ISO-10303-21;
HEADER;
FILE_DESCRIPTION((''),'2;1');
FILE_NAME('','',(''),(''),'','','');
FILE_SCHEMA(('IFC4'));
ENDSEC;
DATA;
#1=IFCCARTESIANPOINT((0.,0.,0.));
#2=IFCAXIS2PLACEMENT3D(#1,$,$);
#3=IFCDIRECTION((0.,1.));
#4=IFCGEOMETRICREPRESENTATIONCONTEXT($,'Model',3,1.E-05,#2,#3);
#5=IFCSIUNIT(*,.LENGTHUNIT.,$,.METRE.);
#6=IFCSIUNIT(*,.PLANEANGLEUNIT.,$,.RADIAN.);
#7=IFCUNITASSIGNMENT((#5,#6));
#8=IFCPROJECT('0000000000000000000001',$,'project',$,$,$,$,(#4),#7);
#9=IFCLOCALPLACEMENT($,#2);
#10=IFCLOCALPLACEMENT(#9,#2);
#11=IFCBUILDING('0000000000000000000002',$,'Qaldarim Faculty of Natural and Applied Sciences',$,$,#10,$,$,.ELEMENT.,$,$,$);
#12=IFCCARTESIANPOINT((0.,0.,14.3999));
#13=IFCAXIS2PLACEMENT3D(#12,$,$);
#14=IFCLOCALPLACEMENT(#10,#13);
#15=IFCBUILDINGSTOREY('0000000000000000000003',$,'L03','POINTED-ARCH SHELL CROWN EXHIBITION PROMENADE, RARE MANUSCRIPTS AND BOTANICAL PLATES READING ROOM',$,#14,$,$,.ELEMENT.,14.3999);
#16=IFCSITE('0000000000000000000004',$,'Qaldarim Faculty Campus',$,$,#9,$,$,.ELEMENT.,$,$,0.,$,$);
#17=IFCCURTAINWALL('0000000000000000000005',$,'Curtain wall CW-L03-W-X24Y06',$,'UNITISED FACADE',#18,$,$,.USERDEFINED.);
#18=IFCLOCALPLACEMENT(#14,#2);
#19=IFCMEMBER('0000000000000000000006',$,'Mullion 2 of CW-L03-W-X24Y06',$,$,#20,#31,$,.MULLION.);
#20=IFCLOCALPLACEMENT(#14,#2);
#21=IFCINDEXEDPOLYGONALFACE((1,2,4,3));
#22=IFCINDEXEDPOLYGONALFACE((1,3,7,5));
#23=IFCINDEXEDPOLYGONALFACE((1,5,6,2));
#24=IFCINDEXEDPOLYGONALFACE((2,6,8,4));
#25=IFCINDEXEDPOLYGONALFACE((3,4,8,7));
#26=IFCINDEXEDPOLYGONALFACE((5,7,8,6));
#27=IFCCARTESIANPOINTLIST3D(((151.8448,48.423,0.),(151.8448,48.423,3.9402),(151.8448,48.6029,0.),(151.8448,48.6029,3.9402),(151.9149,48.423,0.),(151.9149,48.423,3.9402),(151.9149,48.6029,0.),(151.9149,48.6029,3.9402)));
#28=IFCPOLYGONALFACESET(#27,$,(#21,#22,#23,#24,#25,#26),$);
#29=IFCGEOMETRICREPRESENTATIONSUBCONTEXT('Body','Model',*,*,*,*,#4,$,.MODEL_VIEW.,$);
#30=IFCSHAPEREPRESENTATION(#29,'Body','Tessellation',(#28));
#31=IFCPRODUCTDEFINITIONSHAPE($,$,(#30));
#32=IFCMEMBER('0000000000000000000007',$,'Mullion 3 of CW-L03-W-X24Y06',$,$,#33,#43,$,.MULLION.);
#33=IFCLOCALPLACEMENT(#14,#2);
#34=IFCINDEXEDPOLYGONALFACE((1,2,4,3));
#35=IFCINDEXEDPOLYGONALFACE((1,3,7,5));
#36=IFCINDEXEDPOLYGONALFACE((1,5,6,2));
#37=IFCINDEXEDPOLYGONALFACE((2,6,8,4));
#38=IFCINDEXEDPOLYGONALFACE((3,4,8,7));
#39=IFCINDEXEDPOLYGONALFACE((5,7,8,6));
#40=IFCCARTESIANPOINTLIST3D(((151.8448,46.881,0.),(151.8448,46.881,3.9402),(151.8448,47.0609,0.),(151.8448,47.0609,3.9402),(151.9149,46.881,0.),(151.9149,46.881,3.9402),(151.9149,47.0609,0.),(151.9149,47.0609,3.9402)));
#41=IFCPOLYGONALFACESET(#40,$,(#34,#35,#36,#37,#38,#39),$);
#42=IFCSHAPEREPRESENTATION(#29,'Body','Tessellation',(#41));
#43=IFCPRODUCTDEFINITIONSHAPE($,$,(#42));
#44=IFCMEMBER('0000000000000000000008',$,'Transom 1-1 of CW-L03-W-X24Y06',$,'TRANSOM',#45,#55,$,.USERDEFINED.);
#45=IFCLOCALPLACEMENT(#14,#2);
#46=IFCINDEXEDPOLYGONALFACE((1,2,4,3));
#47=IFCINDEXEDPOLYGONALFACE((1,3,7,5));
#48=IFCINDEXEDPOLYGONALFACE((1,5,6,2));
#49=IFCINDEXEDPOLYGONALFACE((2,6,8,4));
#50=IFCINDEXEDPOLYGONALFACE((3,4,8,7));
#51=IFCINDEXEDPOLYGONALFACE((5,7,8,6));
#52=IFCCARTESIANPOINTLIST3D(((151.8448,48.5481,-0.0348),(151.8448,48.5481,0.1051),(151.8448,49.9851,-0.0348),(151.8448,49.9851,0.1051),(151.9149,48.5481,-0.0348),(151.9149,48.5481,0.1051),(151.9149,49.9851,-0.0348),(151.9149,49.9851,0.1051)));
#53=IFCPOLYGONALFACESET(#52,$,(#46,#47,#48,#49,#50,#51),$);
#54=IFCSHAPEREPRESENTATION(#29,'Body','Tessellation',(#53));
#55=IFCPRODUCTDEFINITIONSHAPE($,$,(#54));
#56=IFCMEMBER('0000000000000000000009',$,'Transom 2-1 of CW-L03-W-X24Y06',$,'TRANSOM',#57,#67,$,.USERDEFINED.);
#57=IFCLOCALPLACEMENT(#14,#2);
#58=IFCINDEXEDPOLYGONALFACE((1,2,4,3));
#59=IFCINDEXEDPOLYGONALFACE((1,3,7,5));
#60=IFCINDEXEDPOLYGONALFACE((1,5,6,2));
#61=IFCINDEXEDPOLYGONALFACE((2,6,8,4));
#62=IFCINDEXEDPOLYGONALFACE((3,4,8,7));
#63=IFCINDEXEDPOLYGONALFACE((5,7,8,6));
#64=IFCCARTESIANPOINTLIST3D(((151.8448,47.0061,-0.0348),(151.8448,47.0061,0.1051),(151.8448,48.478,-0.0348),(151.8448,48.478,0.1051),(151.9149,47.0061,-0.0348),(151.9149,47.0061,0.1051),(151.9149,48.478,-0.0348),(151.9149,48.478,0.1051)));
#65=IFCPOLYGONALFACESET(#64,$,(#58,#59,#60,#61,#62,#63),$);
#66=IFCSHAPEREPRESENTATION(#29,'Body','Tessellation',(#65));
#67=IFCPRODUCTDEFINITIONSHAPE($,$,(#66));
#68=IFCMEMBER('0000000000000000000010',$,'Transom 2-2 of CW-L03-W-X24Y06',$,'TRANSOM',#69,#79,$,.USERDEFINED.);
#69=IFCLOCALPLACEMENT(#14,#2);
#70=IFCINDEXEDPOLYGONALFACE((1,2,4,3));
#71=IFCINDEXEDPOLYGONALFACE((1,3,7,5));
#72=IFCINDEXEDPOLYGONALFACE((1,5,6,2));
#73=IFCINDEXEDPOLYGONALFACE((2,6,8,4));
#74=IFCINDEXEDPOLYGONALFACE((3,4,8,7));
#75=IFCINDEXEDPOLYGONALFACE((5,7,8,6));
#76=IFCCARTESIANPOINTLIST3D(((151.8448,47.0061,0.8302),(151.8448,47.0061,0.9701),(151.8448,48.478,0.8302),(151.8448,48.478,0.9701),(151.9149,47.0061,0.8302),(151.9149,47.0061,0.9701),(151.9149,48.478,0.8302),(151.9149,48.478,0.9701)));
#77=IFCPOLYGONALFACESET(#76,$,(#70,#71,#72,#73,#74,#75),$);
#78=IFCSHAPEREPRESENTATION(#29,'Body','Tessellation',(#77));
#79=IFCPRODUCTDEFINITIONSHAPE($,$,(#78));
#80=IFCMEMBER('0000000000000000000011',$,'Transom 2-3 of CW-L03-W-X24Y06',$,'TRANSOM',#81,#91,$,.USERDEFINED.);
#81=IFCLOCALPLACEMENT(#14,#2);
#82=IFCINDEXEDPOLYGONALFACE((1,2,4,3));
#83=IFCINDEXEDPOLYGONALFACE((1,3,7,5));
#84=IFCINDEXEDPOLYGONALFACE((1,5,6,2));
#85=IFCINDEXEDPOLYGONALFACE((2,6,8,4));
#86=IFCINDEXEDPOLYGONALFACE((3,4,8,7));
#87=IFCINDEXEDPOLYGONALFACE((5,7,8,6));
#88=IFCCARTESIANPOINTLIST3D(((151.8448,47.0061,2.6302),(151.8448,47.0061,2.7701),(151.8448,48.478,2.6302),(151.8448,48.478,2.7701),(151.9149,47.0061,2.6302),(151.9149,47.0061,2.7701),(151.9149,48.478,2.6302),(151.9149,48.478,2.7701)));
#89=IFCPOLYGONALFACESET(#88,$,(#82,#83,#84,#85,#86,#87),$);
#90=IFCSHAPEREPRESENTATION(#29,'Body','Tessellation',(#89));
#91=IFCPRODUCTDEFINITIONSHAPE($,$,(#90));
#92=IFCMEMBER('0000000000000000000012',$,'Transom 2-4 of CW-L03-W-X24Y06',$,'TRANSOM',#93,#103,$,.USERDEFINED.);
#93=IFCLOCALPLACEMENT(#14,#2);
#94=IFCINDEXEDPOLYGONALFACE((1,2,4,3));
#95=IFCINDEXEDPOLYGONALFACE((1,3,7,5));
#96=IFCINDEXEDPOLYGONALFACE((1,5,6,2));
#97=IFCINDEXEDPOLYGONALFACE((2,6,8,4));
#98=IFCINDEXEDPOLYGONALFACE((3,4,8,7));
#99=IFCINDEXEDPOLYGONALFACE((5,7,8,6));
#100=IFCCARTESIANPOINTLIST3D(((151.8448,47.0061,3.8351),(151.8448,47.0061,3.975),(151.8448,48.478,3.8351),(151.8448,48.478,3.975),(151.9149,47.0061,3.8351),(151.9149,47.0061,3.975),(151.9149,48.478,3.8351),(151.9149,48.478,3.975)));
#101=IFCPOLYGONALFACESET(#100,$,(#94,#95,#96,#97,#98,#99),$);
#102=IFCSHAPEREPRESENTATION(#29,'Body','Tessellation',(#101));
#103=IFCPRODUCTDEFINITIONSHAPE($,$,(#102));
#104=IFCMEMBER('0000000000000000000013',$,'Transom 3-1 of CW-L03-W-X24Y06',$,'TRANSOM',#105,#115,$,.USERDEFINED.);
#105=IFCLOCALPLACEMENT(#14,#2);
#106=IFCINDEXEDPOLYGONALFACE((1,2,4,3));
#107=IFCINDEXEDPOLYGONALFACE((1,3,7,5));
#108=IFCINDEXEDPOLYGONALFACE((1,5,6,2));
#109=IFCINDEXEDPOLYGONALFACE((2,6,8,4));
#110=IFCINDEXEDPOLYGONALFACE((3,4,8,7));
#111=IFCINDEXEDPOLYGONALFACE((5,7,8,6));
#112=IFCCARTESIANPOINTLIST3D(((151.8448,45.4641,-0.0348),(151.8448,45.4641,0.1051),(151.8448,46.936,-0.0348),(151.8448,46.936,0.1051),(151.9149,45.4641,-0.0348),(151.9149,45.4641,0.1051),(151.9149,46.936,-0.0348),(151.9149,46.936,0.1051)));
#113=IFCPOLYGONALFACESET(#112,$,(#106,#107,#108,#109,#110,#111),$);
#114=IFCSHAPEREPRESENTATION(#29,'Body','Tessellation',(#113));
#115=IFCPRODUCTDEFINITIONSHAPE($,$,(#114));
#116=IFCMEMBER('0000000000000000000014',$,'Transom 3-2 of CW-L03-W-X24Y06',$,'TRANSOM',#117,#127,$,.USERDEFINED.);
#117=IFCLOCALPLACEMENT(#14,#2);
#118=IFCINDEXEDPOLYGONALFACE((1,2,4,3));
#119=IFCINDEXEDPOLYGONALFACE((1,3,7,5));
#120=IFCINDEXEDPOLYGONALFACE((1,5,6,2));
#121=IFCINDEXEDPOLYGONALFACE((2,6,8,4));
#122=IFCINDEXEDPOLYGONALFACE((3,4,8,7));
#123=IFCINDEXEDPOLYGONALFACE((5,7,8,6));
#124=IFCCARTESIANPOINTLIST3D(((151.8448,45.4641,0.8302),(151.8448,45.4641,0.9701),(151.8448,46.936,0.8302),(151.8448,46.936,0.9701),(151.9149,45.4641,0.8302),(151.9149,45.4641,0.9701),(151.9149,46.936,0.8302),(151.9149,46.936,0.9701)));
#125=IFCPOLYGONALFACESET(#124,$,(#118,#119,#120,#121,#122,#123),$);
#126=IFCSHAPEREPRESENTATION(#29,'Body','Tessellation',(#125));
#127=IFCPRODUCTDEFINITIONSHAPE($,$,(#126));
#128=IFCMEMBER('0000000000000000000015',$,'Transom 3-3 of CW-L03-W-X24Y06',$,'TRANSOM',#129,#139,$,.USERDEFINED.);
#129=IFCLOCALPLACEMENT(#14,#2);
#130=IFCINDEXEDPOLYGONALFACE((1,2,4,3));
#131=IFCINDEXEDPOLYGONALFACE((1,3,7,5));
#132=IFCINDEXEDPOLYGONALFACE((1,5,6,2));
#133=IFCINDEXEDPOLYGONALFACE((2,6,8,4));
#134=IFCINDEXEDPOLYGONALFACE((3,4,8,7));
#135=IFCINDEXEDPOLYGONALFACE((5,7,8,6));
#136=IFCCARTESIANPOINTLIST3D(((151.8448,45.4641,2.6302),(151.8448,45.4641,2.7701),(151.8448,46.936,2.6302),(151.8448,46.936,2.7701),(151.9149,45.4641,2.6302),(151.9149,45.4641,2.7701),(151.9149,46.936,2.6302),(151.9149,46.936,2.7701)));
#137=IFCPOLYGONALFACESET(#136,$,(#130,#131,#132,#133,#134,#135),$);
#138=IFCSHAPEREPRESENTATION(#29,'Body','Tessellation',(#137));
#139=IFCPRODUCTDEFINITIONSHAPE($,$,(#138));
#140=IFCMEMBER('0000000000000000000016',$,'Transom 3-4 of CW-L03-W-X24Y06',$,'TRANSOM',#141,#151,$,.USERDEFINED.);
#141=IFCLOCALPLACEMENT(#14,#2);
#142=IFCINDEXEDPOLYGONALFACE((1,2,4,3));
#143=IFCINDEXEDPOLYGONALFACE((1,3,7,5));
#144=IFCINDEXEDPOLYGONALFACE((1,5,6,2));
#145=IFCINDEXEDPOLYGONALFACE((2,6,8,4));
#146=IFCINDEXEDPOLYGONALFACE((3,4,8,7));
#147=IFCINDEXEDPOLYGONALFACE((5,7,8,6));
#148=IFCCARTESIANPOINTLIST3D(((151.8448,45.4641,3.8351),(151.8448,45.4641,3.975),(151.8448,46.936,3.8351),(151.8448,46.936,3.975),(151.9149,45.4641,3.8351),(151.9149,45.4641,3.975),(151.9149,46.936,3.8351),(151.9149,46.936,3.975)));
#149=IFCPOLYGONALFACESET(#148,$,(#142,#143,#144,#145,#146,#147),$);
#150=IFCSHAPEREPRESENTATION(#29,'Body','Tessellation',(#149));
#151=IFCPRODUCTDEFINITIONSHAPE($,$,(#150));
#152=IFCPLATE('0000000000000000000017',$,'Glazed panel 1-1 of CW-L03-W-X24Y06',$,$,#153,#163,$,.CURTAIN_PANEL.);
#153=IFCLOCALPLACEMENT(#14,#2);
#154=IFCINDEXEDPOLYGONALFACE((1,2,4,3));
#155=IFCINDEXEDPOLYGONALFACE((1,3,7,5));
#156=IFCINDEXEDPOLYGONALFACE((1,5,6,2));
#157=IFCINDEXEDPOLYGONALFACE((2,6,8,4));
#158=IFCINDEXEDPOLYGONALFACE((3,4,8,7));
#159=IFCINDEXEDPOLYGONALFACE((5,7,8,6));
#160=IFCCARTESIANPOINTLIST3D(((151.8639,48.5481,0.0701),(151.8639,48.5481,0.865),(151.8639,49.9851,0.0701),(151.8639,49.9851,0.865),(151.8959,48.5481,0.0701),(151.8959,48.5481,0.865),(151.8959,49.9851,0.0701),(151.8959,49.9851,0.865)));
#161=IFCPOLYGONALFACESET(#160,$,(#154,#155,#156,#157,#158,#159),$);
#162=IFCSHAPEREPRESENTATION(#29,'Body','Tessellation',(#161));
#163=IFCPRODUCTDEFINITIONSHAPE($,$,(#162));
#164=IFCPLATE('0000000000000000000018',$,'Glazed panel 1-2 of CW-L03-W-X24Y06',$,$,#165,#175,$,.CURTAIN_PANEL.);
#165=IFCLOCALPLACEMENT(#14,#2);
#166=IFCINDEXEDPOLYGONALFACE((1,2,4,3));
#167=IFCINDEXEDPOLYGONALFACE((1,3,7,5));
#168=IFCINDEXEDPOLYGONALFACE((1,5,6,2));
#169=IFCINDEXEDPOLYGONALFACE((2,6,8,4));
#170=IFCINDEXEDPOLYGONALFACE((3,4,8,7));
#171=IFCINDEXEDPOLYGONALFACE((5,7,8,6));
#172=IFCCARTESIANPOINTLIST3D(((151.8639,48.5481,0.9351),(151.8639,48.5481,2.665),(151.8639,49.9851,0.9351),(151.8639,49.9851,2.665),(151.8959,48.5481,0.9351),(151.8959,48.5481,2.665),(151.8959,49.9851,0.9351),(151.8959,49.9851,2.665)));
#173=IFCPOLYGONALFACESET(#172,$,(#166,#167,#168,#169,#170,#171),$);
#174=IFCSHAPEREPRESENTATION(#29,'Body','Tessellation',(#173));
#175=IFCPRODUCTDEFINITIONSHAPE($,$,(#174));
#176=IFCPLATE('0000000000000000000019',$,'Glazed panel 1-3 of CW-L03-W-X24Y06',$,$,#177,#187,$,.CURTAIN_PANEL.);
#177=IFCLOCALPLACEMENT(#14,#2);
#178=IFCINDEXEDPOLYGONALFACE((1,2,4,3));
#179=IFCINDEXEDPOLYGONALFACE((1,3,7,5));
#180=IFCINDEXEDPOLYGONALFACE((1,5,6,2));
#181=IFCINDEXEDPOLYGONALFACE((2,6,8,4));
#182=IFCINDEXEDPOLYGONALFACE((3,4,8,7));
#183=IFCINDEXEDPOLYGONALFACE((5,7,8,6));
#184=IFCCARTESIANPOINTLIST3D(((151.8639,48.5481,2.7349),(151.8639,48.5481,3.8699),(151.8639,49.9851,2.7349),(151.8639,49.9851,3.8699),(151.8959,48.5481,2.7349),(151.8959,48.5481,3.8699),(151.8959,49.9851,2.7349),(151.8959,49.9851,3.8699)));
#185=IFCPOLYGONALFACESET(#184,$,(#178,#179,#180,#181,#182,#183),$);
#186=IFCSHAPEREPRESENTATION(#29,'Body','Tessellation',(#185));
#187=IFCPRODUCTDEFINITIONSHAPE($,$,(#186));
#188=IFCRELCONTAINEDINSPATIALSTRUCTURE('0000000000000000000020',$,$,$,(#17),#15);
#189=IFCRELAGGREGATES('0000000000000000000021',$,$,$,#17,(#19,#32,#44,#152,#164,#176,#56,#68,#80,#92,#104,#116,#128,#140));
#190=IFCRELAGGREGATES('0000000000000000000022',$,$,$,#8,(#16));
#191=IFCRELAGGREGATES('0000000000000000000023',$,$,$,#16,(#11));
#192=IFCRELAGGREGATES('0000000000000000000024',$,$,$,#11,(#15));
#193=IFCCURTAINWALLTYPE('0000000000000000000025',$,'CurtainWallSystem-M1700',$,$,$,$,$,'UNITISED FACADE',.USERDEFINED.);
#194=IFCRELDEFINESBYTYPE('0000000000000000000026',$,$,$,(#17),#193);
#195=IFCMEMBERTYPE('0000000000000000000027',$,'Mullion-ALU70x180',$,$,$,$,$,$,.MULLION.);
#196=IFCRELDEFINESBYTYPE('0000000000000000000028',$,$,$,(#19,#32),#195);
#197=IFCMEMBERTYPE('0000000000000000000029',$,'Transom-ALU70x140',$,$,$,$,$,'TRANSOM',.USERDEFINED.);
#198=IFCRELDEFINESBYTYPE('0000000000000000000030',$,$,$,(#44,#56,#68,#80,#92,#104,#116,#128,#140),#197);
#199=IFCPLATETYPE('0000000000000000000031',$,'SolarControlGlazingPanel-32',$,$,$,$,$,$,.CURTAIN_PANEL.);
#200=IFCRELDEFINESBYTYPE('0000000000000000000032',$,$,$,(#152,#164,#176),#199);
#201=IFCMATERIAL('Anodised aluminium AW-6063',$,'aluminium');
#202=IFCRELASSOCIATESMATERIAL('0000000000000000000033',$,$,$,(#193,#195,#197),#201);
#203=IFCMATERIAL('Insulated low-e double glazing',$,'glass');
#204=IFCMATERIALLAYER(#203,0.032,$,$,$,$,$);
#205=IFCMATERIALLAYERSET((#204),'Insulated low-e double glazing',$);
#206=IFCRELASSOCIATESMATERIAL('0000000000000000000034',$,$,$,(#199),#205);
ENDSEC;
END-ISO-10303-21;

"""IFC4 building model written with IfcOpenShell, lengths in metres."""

from ifc_helpers import new_model, si_unit, direction, frame, origin, origin_2d, place, context, subcontext, project, spatial, rectangle, extrude, material, layer, layer_set, material_profile, profile_set, type_object, element, aggregate, save


model = new_model("IFC4")

# Units and contexts
model_context = context("Model", 3, precision=1e-05, world=origin(), true_north=direction((0.0, 1.0)))
body_context = subcontext(model_context, "Body", "Model", "MODEL_VIEW")
ifc_project = project(units=[si_unit("LENGTHUNIT", "METRE"), si_unit("PLANEANGLEUNIT", "RADIAN")], contexts=[model_context])

# Site, building, storey
site_placement = place(None, origin())
site = spatial("IfcSite", under=ifc_project, at=site_placement, Name="Qaldarim Faculty Campus", CompositionType="ELEMENT", RefElevation=0.0)
building_placement = place(site_placement, origin())
building = spatial("IfcBuilding", under=site, at=building_placement, Name="Qaldarim Faculty of Natural and Applied Sciences", CompositionType="ELEMENT")
storey_placement = place(building_placement, frame((0.0, 0.0, 14.3999)))
storey = spatial("IfcBuildingStorey", under=building, at=storey_placement, Name="L03", Description="POINTED-ARCH SHELL CROWN EXHIBITION PROMENADE, RARE MANUSCRIPTS AND BOTANICAL PLATES READING ROOM", CompositionType="ELEMENT", Elevation=14.3999)

# Curtain wall, members, plates
ifc_material_1 = material(Name="Anodised aluminium AW-6063", Category="aluminium")
curtain_wall_type = type_object("IfcCurtainWallType", Name="CurtainWallSystem-M1700", ElementType="UNITISED FACADE", PredefinedType="USERDEFINED", material=ifc_material_1)
curtain_wall_placement = place(storey_placement, origin())
curtain_wall = element("IfcCurtainWall", 1, at=curtain_wall_placement, inside=storey, type_object=curtain_wall_type, Name="Curtain wall CW-L03-W-X24Y06", ObjectType="UNITISED FACADE", PredefinedType="USERDEFINED")
ifc_material_profile_1 = material_profile(ifc_material_1, rectangle(XDim=0.0701, YDim=0.1799, at=origin_2d()), Name="ALU-M70x180")
ifc_profile_set_1 = profile_set([ifc_material_profile_1], Name="Anodised aluminium AW-6063")
member_type_1 = type_object("IfcMemberType", Name="Mullion-ALU70x180", PredefinedType="MULLION", material=ifc_profile_set_1)
member_1_placement = place(storey_placement, frame((151.8799, 48.5129, 0.0), z_axis=(0.0, 0.0, 1.0), x_axis=(1.0, 0.0, 0.0)))
member_1 = element("IfcMember", 2, at=member_1_placement, type_object=member_type_1, Name="Mullion 2 of CW-L03-W-X24Y06", PredefinedType="MULLION", context=body_context, shape_type="SweptSolid", body=[
    extrude(rectangle(XDim=0.0701, YDim=0.1799, at=origin_2d()), origin(), (0.0, 0.0, 1.0), 3.9402),
])
member_2_placement = place(storey_placement, frame((151.8799, 46.9709, 0.0), z_axis=(0.0, 0.0, 1.0), x_axis=(1.0, 0.0, 0.0)))
member_2 = element("IfcMember", 3, at=member_2_placement, type_object=member_type_1, Name="Mullion 3 of CW-L03-W-X24Y06", PredefinedType="MULLION", context=body_context, shape_type="SweptSolid", body=[
    extrude(rectangle(XDim=0.0701, YDim=0.1799, at=origin_2d()), origin(), (0.0, 0.0, 1.0), 3.9402),
])
ifc_material_profile_2 = material_profile(ifc_material_1, rectangle(XDim=0.0701, YDim=0.1399, at=origin_2d()), Name="ALU-T70x140")
ifc_profile_set_2 = profile_set([ifc_material_profile_2], Name="Anodised aluminium AW-6063")
member_type_2 = type_object("IfcMemberType", Name="Transom-ALU70x140", ElementType="TRANSOM", PredefinedType="USERDEFINED", material=ifc_profile_set_2)
member_3_placement = place(storey_placement, frame((151.8799, 49.9851, 0.0352), z_axis=(0.0, -1.0, 0.0), x_axis=(1.0, 0.0, 0.0)))
member_3 = element("IfcMember", 4, at=member_3_placement, type_object=member_type_2, Name="Transom 1-1 of CW-L03-W-X24Y06", ObjectType="TRANSOM", PredefinedType="USERDEFINED", context=body_context, shape_type="SweptSolid", body=[
    extrude(rectangle(XDim=0.0701, YDim=0.1399, at=origin_2d()), origin(), (0.0, 0.0, 1.0), 1.437),
])
member_4_placement = place(storey_placement, frame((151.8799, 48.478, 0.0352), z_axis=(0.0, -1.0, 0.0), x_axis=(1.0, 0.0, 0.0)))
member_4 = element("IfcMember", 5, at=member_4_placement, type_object=member_type_2, Name="Transom 2-1 of CW-L03-W-X24Y06", ObjectType="TRANSOM", PredefinedType="USERDEFINED", context=body_context, shape_type="SweptSolid", body=[
    extrude(rectangle(XDim=0.0701, YDim=0.1399, at=origin_2d()), origin(), (0.0, 0.0, 1.0), 1.4719),
])
member_5_placement = place(storey_placement, frame((151.8799, 48.478, 0.9001), z_axis=(0.0, -1.0, 0.0), x_axis=(1.0, 0.0, 0.0)))
member_5 = element("IfcMember", 6, at=member_5_placement, type_object=member_type_2, Name="Transom 2-2 of CW-L03-W-X24Y06", ObjectType="TRANSOM", PredefinedType="USERDEFINED", context=body_context, shape_type="SweptSolid", body=[
    extrude(rectangle(XDim=0.0701, YDim=0.1399, at=origin_2d()), origin(), (0.0, 0.0, 1.0), 1.4719),
])
member_6_placement = place(storey_placement, frame((151.8799, 48.478, 2.7002), z_axis=(0.0, -1.0, 0.0), x_axis=(1.0, 0.0, 0.0)))
member_6 = element("IfcMember", 7, at=member_6_placement, type_object=member_type_2, Name="Transom 2-3 of CW-L03-W-X24Y06", ObjectType="TRANSOM", PredefinedType="USERDEFINED", context=body_context, shape_type="SweptSolid", body=[
    extrude(rectangle(XDim=0.0701, YDim=0.1399, at=origin_2d()), origin(), (0.0, 0.0, 1.0), 1.4719),
])
member_7_placement = place(storey_placement, frame((151.8799, 48.478, 3.905), z_axis=(0.0, -1.0, 0.0), x_axis=(1.0, 0.0, 0.0)))
member_7 = element("IfcMember", 8, at=member_7_placement, type_object=member_type_2, Name="Transom 2-4 of CW-L03-W-X24Y06", ObjectType="TRANSOM", PredefinedType="USERDEFINED", context=body_context, shape_type="SweptSolid", body=[
    extrude(rectangle(XDim=0.0701, YDim=0.1399, at=origin_2d()), origin(), (0.0, 0.0, 1.0), 1.4719),
])
member_8_placement = place(storey_placement, frame((151.8799, 46.936, 0.0352), z_axis=(0.0, -1.0, 0.0), x_axis=(1.0, 0.0, 0.0)))
member_8 = element("IfcMember", 9, at=member_8_placement, type_object=member_type_2, Name="Transom 3-1 of CW-L03-W-X24Y06", ObjectType="TRANSOM", PredefinedType="USERDEFINED", context=body_context, shape_type="SweptSolid", body=[
    extrude(rectangle(XDim=0.0701, YDim=0.1399, at=origin_2d()), origin(), (0.0, 0.0, 1.0), 1.4719),
])
member_9_placement = place(storey_placement, frame((151.8799, 46.936, 0.9001), z_axis=(0.0, -1.0, 0.0), x_axis=(1.0, 0.0, 0.0)))
member_9 = element("IfcMember", 10, at=member_9_placement, type_object=member_type_2, Name="Transom 3-2 of CW-L03-W-X24Y06", ObjectType="TRANSOM", PredefinedType="USERDEFINED", context=body_context, shape_type="SweptSolid", body=[
    extrude(rectangle(XDim=0.0701, YDim=0.1399, at=origin_2d()), origin(), (0.0, 0.0, 1.0), 1.4719),
])
member_10_placement = place(storey_placement, frame((151.8799, 46.936, 2.7002), z_axis=(0.0, -1.0, 0.0), x_axis=(1.0, 0.0, 0.0)))
member_10 = element("IfcMember", 11, at=member_10_placement, type_object=member_type_2, Name="Transom 3-3 of CW-L03-W-X24Y06", ObjectType="TRANSOM", PredefinedType="USERDEFINED", context=body_context, shape_type="SweptSolid", body=[
    extrude(rectangle(XDim=0.0701, YDim=0.1399, at=origin_2d()), origin(), (0.0, 0.0, 1.0), 1.4719),
])
member_11_placement = place(storey_placement, frame((151.8799, 46.936, 3.905), z_axis=(0.0, -1.0, 0.0), x_axis=(1.0, 0.0, 0.0)))
member_11 = element("IfcMember", 12, at=member_11_placement, type_object=member_type_2, Name="Transom 3-4 of CW-L03-W-X24Y06", ObjectType="TRANSOM", PredefinedType="USERDEFINED", context=body_context, shape_type="SweptSolid", body=[
    extrude(rectangle(XDim=0.0701, YDim=0.1399, at=origin_2d()), origin(), (0.0, 0.0, 1.0), 1.4719),
])
ifc_material_2 = material(Name="Insulated low-e double glazing", Category="glass")
ifc_layer_1 = layer(ifc_material_2, 0.032)
ifc_layer_set_1 = layer_set([ifc_layer_1], Name="Insulated low-e double glazing")
plate_type = type_object("IfcPlateType", Name="SolarControlGlazingPanel-32", PredefinedType="CURTAIN_PANEL", material=ifc_layer_set_1)
plate_1_placement = place(storey_placement, frame((151.8799, 49.2666, 0.0701), z_axis=(0.0, 0.0, 1.0), x_axis=(0.0, -1.0, 0.0)))
plate_1 = element("IfcPlate", 13, at=plate_1_placement, type_object=plate_type, Name="Glazed panel 1-1 of CW-L03-W-X24Y06", PredefinedType="CURTAIN_PANEL", context=body_context, shape_type="SweptSolid", body=[
    extrude(rectangle(XDim=1.437, YDim=0.032, at=origin_2d()), origin(), (0.0, 0.0, 1.0), 0.7949),
])
plate_2_placement = place(storey_placement, frame((151.8799, 49.2666, 0.9351), z_axis=(0.0, 0.0, 1.0), x_axis=(0.0, -1.0, 0.0)))
plate_2 = element("IfcPlate", 14, at=plate_2_placement, type_object=plate_type, Name="Glazed panel 1-2 of CW-L03-W-X24Y06", PredefinedType="CURTAIN_PANEL", context=body_context, shape_type="SweptSolid", body=[
    extrude(rectangle(XDim=1.437, YDim=0.032, at=origin_2d()), origin(), (0.0, 0.0, 1.0), 1.73),
])
plate_3_placement = place(storey_placement, frame((151.8799, 49.2666, 2.7349), z_axis=(0.0, 0.0, 1.0), x_axis=(0.0, -1.0, 0.0)))
plate_3 = element("IfcPlate", 15, at=plate_3_placement, type_object=plate_type, Name="Glazed panel 1-3 of CW-L03-W-X24Y06", PredefinedType="CURTAIN_PANEL", context=body_context, shape_type="SweptSolid", body=[
    extrude(rectangle(XDim=1.437, YDim=0.032, at=origin_2d()), origin(), (0.0, 0.0, 1.0), 1.135),
])
aggregate(curtain_wall, [member_1, member_2, member_3, plate_1, plate_2, plate_3, member_4, member_5, member_6, member_7, member_8, member_9, member_10, member_11])

save(model, "model.ifc")
